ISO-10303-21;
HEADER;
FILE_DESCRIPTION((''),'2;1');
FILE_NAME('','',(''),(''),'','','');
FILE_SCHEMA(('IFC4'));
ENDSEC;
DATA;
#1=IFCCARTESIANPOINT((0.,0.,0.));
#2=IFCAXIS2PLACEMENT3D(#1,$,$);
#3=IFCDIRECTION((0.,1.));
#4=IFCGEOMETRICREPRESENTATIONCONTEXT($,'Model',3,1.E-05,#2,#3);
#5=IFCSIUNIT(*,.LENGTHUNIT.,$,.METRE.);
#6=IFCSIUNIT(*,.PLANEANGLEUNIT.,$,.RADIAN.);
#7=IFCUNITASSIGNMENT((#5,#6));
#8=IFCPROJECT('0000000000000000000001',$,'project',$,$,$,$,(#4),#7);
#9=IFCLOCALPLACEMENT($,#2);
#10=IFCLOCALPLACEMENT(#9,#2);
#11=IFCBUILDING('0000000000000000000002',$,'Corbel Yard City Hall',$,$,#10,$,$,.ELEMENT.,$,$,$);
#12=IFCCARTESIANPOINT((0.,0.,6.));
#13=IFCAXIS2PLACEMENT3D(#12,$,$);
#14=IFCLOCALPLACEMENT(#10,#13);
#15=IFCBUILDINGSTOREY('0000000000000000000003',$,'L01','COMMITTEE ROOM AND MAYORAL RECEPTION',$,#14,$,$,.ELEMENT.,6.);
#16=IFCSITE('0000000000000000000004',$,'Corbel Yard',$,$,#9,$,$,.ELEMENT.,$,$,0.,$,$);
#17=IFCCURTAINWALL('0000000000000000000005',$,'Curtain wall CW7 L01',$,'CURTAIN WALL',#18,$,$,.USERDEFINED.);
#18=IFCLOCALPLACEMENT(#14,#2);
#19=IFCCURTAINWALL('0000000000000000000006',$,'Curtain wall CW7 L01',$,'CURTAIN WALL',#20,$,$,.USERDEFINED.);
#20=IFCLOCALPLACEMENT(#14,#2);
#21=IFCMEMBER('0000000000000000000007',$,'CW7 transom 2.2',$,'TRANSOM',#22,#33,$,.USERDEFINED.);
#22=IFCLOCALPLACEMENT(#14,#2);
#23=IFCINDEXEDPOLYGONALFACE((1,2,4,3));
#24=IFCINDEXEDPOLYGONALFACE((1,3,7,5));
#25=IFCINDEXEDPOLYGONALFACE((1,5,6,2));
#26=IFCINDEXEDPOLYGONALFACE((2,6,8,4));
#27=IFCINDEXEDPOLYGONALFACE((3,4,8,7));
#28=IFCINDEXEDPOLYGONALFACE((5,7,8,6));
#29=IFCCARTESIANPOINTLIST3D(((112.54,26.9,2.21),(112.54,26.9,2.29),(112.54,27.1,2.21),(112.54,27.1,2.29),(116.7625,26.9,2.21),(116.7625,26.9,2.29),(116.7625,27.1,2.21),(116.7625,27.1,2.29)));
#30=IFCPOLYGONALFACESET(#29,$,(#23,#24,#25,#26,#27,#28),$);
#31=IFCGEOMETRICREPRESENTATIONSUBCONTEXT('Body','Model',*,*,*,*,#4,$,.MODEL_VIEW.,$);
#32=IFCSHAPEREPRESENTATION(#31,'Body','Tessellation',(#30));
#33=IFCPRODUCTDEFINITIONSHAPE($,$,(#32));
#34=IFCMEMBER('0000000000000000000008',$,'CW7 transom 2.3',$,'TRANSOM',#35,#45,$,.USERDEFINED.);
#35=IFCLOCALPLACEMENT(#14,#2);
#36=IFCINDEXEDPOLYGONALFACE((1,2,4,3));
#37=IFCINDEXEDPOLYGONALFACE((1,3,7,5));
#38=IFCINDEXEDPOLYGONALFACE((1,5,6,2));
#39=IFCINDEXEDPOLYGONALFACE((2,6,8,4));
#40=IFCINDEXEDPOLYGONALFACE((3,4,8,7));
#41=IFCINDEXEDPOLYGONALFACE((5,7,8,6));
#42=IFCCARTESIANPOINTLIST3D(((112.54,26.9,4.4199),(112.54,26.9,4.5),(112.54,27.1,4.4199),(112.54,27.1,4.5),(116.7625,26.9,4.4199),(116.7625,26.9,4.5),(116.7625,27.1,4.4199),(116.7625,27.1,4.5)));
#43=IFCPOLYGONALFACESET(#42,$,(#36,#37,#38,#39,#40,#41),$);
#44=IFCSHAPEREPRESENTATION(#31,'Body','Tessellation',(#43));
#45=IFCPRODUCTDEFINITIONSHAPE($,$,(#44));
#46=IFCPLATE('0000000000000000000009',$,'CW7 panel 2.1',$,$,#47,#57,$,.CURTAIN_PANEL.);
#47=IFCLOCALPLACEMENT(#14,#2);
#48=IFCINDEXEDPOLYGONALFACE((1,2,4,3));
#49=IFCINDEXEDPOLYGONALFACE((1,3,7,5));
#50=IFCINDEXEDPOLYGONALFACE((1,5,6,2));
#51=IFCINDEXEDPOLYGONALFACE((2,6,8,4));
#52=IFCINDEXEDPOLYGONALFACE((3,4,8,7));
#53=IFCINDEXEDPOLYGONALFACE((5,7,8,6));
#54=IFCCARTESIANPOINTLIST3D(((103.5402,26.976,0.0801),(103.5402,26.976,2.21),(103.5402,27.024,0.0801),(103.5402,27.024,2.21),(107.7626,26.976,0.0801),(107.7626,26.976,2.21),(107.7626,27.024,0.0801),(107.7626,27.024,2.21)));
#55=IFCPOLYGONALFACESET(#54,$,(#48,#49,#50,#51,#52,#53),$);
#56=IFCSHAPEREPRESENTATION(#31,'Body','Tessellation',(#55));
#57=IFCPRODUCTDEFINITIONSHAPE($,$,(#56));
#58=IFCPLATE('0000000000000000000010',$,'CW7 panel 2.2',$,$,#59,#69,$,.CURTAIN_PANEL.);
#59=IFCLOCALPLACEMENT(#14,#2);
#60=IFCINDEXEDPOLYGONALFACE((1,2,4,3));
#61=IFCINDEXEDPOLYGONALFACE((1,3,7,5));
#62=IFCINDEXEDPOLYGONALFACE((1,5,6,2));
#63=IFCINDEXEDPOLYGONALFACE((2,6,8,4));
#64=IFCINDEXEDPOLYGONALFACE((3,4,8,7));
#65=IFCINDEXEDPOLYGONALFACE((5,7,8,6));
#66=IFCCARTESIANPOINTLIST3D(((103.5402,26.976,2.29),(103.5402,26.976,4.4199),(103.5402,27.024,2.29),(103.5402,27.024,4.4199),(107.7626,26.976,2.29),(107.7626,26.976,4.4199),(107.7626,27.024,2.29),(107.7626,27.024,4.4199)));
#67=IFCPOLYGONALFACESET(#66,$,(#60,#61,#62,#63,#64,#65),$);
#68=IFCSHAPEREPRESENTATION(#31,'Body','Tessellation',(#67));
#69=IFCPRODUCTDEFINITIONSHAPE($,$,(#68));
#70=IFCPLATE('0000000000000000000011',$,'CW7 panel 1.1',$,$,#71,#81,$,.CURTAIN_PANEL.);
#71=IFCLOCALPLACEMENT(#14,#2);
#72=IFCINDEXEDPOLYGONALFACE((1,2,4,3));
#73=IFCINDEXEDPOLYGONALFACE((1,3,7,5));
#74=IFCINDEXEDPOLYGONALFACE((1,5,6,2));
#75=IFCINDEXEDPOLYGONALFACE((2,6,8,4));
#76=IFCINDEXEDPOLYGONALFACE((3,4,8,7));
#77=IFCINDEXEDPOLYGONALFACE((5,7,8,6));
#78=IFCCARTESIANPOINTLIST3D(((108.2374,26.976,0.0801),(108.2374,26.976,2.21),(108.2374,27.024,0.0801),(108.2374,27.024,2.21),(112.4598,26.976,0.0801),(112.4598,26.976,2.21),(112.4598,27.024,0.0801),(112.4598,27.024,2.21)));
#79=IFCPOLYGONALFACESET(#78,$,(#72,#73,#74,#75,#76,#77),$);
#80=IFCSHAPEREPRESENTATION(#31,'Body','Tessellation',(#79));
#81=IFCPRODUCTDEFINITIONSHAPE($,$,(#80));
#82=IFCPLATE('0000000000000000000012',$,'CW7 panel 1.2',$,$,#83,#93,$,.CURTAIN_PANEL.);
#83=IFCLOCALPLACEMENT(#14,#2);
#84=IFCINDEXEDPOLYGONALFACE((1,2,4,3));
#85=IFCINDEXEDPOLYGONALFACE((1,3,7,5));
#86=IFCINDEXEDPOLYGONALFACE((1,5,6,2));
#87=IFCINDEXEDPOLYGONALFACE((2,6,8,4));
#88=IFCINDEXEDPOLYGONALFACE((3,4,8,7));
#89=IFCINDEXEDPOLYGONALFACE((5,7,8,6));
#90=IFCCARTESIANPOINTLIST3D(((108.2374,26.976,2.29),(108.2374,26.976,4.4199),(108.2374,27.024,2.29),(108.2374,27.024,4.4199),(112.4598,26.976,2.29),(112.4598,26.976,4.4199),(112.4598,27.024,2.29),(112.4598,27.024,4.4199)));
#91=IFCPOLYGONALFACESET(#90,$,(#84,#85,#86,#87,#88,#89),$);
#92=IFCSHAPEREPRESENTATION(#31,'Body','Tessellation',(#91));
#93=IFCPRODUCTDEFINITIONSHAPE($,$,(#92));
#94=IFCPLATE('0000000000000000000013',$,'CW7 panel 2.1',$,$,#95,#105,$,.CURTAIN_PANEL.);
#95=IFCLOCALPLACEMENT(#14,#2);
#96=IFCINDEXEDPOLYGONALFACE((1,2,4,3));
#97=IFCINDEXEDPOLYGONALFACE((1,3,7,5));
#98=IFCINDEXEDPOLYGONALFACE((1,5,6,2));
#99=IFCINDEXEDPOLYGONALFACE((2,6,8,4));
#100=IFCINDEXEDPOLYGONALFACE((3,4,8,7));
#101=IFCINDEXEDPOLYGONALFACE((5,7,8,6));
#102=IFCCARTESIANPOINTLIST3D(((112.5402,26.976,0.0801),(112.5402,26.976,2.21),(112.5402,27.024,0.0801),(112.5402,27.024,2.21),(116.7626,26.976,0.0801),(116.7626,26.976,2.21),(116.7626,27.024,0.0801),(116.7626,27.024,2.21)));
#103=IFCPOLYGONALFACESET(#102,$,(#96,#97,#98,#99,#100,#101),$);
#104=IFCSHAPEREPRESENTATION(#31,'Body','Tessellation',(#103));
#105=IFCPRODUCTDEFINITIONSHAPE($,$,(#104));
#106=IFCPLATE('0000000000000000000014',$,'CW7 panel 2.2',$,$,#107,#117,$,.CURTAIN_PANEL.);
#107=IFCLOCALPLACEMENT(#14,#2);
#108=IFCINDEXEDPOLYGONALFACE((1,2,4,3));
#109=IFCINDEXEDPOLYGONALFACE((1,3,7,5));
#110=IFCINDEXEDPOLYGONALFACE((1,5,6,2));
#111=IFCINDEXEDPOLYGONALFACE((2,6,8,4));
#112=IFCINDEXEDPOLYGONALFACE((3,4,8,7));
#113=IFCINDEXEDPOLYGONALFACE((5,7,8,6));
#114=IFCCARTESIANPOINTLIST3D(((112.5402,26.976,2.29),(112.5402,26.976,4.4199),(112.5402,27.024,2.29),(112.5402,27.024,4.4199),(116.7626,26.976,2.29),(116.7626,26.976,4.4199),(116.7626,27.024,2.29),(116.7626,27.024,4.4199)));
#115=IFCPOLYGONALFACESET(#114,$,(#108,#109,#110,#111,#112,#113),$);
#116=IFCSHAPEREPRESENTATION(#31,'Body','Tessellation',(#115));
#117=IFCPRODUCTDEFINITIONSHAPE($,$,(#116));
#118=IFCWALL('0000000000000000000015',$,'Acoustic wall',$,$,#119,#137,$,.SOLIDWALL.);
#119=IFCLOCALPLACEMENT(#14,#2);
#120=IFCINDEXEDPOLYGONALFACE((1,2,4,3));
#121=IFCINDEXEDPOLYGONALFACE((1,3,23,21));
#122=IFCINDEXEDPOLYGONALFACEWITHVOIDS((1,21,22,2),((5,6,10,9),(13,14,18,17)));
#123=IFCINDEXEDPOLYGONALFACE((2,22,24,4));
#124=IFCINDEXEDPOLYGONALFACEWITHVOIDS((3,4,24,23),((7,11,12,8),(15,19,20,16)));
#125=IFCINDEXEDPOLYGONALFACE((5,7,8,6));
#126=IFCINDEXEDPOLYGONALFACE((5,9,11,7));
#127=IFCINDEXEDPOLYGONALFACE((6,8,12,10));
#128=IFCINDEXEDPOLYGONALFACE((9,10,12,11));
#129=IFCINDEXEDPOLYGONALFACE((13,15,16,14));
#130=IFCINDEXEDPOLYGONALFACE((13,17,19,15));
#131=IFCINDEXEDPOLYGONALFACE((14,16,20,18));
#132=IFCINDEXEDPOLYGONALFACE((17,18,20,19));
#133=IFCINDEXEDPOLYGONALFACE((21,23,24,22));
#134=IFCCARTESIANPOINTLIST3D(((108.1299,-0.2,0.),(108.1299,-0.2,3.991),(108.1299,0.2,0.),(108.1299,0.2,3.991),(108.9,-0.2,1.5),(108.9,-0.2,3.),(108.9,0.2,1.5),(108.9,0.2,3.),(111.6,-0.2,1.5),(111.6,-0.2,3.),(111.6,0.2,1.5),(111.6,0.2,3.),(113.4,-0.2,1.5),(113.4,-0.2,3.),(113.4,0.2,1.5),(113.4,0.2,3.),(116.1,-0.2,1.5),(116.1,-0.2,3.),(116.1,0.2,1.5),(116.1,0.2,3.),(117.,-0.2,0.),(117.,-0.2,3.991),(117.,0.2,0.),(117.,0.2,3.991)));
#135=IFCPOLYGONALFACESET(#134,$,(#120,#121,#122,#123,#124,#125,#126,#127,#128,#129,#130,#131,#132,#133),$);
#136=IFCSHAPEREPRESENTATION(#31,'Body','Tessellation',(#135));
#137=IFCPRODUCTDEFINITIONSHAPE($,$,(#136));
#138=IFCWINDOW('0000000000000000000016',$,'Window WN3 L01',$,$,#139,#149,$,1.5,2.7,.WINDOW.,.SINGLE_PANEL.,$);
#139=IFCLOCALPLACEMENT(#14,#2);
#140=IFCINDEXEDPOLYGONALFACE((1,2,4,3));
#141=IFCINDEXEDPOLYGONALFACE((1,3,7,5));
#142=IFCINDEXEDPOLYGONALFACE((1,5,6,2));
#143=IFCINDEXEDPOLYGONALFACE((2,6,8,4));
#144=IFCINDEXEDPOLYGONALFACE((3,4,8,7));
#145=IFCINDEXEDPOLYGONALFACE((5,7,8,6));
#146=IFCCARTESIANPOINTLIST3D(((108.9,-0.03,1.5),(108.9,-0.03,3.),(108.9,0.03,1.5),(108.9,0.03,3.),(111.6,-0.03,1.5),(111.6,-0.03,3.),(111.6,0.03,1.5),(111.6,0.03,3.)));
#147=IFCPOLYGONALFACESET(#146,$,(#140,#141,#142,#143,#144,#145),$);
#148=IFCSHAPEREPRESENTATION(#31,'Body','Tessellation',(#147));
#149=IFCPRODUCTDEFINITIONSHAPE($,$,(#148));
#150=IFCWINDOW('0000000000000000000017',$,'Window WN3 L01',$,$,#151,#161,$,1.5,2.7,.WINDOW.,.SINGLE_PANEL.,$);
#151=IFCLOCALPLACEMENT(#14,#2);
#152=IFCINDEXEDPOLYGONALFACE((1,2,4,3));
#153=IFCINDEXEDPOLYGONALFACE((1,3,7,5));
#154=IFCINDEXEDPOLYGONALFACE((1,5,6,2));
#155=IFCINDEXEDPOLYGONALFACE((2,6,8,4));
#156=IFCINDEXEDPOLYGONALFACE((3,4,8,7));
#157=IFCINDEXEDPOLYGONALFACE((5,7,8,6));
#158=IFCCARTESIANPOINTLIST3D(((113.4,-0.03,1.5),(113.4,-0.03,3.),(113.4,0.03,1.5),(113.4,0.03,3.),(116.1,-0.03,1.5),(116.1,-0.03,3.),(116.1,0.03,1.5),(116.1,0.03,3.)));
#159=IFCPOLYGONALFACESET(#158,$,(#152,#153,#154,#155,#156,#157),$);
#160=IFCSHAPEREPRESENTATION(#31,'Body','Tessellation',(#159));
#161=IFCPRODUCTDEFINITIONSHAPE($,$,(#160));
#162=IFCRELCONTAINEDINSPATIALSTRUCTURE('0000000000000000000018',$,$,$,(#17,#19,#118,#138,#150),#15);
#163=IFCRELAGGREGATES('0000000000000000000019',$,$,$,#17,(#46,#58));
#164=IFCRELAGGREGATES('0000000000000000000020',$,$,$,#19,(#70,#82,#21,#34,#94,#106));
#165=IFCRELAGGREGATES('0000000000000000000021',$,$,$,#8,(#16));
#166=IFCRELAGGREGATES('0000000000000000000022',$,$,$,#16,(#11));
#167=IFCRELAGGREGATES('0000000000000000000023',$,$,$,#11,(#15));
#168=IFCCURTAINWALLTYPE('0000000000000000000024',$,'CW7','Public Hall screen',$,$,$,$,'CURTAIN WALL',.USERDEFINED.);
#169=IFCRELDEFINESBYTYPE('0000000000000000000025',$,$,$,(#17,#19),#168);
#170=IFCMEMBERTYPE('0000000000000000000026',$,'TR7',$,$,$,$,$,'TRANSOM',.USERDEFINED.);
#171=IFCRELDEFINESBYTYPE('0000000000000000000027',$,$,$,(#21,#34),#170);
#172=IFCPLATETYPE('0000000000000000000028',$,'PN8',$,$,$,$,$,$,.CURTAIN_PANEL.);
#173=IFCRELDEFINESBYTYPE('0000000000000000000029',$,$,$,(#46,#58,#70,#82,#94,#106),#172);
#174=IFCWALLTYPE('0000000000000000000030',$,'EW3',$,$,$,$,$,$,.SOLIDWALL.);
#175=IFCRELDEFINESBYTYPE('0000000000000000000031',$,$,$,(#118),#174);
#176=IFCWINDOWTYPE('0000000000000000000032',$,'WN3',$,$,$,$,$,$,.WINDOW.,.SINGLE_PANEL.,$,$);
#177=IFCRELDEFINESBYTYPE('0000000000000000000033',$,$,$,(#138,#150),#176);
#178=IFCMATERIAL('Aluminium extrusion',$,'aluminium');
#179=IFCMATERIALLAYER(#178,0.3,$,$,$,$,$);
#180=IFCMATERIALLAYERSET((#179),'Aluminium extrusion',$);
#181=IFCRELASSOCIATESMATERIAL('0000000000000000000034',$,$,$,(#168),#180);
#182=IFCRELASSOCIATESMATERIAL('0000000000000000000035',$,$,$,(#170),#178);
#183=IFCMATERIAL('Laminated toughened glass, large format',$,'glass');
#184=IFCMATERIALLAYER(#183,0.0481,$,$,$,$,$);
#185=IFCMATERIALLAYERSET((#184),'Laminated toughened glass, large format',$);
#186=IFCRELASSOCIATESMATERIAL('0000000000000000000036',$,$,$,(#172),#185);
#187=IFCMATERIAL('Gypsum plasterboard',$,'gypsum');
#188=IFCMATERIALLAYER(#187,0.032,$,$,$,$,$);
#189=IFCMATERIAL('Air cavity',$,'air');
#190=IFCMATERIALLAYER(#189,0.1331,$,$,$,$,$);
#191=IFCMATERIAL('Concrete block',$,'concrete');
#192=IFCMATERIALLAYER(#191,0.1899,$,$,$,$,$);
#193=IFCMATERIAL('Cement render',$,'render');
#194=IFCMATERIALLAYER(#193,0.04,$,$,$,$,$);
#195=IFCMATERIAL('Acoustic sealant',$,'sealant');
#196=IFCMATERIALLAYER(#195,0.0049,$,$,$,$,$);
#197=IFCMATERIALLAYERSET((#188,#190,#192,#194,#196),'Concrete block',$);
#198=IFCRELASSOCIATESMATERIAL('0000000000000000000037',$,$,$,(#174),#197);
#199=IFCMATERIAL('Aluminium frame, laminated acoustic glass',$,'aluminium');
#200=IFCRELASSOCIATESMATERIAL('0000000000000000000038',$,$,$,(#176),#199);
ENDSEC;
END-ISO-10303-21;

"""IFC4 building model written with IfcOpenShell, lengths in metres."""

from ifc_helpers import new_model, si_unit, direction, frame, frame_2d, origin, origin_2d, place, context, subcontext, project, spatial, rectangle, extrude, material, layer, layer_set, material_profile, profile_set, type_object, element, fill, aggregate, save


model = new_model("IFC4")

# Units and contexts
model_context = context("Model", 3, precision=1e-05, world=origin(), true_north=direction((0.0, 1.0)))
body_context = subcontext(model_context, "Body", "Model", "MODEL_VIEW")
ifc_project = project(units=[si_unit("LENGTHUNIT", "METRE"), si_unit("PLANEANGLEUNIT", "RADIAN")], contexts=[model_context])

# Site, building, storey
site_placement = place(None, origin())
site = spatial("IfcSite", under=ifc_project, at=site_placement, Name="Corbel Yard", CompositionType="ELEMENT", RefElevation=0.0)
building_placement = place(site_placement, origin())
building = spatial("IfcBuilding", under=site, at=building_placement, Name="Corbel Yard City Hall", CompositionType="ELEMENT")
storey_placement = place(building_placement, frame((0.0, 0.0, 6.0)))
storey = spatial("IfcBuildingStorey", under=building, at=storey_placement, Name="L01", Description="COMMITTEE ROOM AND MAYORAL RECEPTION", CompositionType="ELEMENT", Elevation=6.0)

# Curtain wall
ifc_material_1 = material(Name="Aluminium extrusion", Category="aluminium")
ifc_layer_1 = layer(ifc_material_1, 0.3)
ifc_layer_set_1 = layer_set([ifc_layer_1], Name="Aluminium extrusion")
curtain_wall_type = type_object("IfcCurtainWallType", Name="CW7", Description="Public Hall screen", ElementType="CURTAIN WALL", PredefinedType="USERDEFINED", material=ifc_layer_set_1)
curtain_wall_1_placement = place(storey_placement, origin())
curtain_wall_1 = element("IfcCurtainWall", 1, at=curtain_wall_1_placement, inside=storey, type_object=curtain_wall_type, Name="Curtain wall CW7 L01", ObjectType="CURTAIN WALL", PredefinedType="USERDEFINED")

# Curtain wall
curtain_wall_2_placement = place(storey_placement, origin())
curtain_wall_2 = element("IfcCurtainWall", 2, at=curtain_wall_2_placement, inside=storey, type_object=curtain_wall_type, Name="Curtain wall CW7 L01", ObjectType="CURTAIN WALL", PredefinedType="USERDEFINED")

# Members
ifc_material_profile_1 = material_profile(ifc_material_1, rectangle(XDim=0.2, YDim=0.0801, at=origin_2d()), Name="200x80")
ifc_profile_set_1 = profile_set([ifc_material_profile_1], Name="Aluminium extrusion")
member_type_1 = type_object("IfcMemberType", Name="TR7", ElementType="TRANSOM", PredefinedType="USERDEFINED", material=ifc_profile_set_1)
member_1_placement = place(storey_placement, frame((112.54, 27.0, 2.25), z_axis=(1.0, 0.0, 0.0), x_axis=(0.0, 1.0, 0.0)))
member_1 = element("IfcMember", 3, at=member_1_placement, type_object=member_type_1, Name="CW7 transom 2.2", ObjectType="TRANSOM", PredefinedType="USERDEFINED", context=body_context, shape_type="SweptSolid", body=[
    extrude(rectangle(XDim=0.2, YDim=0.0801, at=origin_2d()), origin(), (0.0, 0.0, 1.0), 4.2224),
])
member_2_placement = place(storey_placement, frame((112.54, 27.0, 4.46), z_axis=(1.0, 0.0, 0.0), x_axis=(0.0, 1.0, 0.0)))
member_2 = element("IfcMember", 4, at=member_2_placement, type_object=member_type_1, Name="CW7 transom 2.3", ObjectType="TRANSOM", PredefinedType="USERDEFINED", context=body_context, shape_type="SweptSolid", body=[
    extrude(rectangle(XDim=0.2, YDim=0.0801, at=origin_2d()), origin(), (0.0, 0.0, 1.0), 4.2224),
])

# Plates
ifc_material_2 = material(Name="Laminated toughened glass, large format", Category="glass")
ifc_layer_2 = layer(ifc_material_2, 0.0481)
ifc_layer_set_2 = layer_set([ifc_layer_2], Name="Laminated toughened glass, large format")
plate_type = type_object("IfcPlateType", Name="PN8", PredefinedType="CURTAIN_PANEL", material=ifc_layer_set_2)
plate_1_placement = place(storey_placement, frame((105.6514, 27.0, 0.0801), z_axis=(0.0, 0.0, 1.0), x_axis=(1.0, 0.0, 0.0)))
plate_1 = element("IfcPlate", 5, at=plate_1_placement, type_object=plate_type, Name="CW7 panel 2.1", PredefinedType="CURTAIN_PANEL", context=body_context, shape_type="SweptSolid", body=[
    extrude(rectangle(XDim=4.2224, YDim=0.0481, at=origin_2d()), origin(), (0.0, 0.0, 1.0), 2.1299),
])
plate_2_placement = place(storey_placement, frame((105.6514, 27.0, 2.29), z_axis=(0.0, 0.0, 1.0), x_axis=(1.0, 0.0, 0.0)))
plate_2 = element("IfcPlate", 6, at=plate_2_placement, type_object=plate_type, Name="CW7 panel 2.2", PredefinedType="CURTAIN_PANEL", context=body_context, shape_type="SweptSolid", body=[
    extrude(rectangle(XDim=4.2224, YDim=0.0481, at=origin_2d()), origin(), (0.0, 0.0, 1.0), 2.1299),
])
aggregate(curtain_wall_1, [plate_1, plate_2])
plate_3_placement = place(storey_placement, frame((110.3486, 27.0, 0.0801), z_axis=(0.0, 0.0, 1.0), x_axis=(1.0, 0.0, 0.0)))
plate_3 = element("IfcPlate", 7, at=plate_3_placement, type_object=plate_type, Name="CW7 panel 1.1", PredefinedType="CURTAIN_PANEL", context=body_context, shape_type="SweptSolid", body=[
    extrude(rectangle(XDim=4.2224, YDim=0.0481, at=origin_2d()), origin(), (0.0, 0.0, 1.0), 2.1299),
])
plate_4_placement = place(storey_placement, frame((110.3486, 27.0, 2.29), z_axis=(0.0, 0.0, 1.0), x_axis=(1.0, 0.0, 0.0)))
plate_4 = element("IfcPlate", 8, at=plate_4_placement, type_object=plate_type, Name="CW7 panel 1.2", PredefinedType="CURTAIN_PANEL", context=body_context, shape_type="SweptSolid", body=[
    extrude(rectangle(XDim=4.2224, YDim=0.0481, at=origin_2d()), origin(), (0.0, 0.0, 1.0), 2.1299),
])
plate_5_placement = place(storey_placement, frame((114.6514, 27.0, 0.0801), z_axis=(0.0, 0.0, 1.0), x_axis=(1.0, 0.0, 0.0)))
plate_5 = element("IfcPlate", 9, at=plate_5_placement, type_object=plate_type, Name="CW7 panel 2.1", PredefinedType="CURTAIN_PANEL", context=body_context, shape_type="SweptSolid", body=[
    extrude(rectangle(XDim=4.2224, YDim=0.0481, at=origin_2d()), origin(), (0.0, 0.0, 1.0), 2.1299),
])
plate_6_placement = place(storey_placement, frame((114.6514, 27.0, 2.29), z_axis=(0.0, 0.0, 1.0), x_axis=(1.0, 0.0, 0.0)))
plate_6 = element("IfcPlate", 10, at=plate_6_placement, type_object=plate_type, Name="CW7 panel 2.2", PredefinedType="CURTAIN_PANEL", context=body_context, shape_type="SweptSolid", body=[
    extrude(rectangle(XDim=4.2224, YDim=0.0481, at=origin_2d()), origin(), (0.0, 0.0, 1.0), 2.1299),
])
aggregate(curtain_wall_2, [plate_3, plate_4, member_1, member_2, plate_5, plate_6])

# Wall, openings, windows
ifc_material_3 = material(Name="Gypsum plasterboard", Category="gypsum")
ifc_layer_3 = layer(ifc_material_3, 0.032)
ifc_material_4 = material(Name="Air cavity", Category="air")
ifc_layer_4 = layer(ifc_material_4, 0.1331)
ifc_material_5 = material(Name="Concrete block", Category="concrete")
ifc_layer_5 = layer(ifc_material_5, 0.1899)
ifc_material_6 = material(Name="Cement render", Category="render")
ifc_layer_6 = layer(ifc_material_6, 0.04)
ifc_material_7 = material(Name="Acoustic sealant", Category="sealant")
ifc_layer_7 = layer(ifc_material_7, 0.0049)
ifc_layer_set_3 = layer_set([ifc_layer_3, ifc_layer_4, ifc_layer_5, ifc_layer_6, ifc_layer_7], Name="Concrete block")
wall_type_1 = type_object("IfcWallType", Name="EW3", PredefinedType="SOLIDWALL", material=ifc_layer_set_3)
wall_1_placement = place(storey_placement, frame((108.1299, 0.0, 0.0), z_axis=(0.0, 0.0, 1.0), x_axis=(1.0, 0.0, 0.0)))
wall_1 = element("IfcWall", 11, at=wall_1_placement, inside=storey, type_object=wall_type_1, Name="Acoustic wall", PredefinedType="SOLIDWALL", context=body_context, shape_type="SweptSolid", body=[
    extrude(rectangle(XDim=8.8701, YDim=0.3999, at=frame_2d((4.4351, 0.0))), origin(), (0.0, 0.0, 1.0), 3.991),
])
opening_1_placement = place(wall_1_placement, frame((0.77, 0.0, 1.5)))
opening_1 = element("IfcOpeningElement", 12, at=opening_1_placement, cuts=wall_1, PredefinedType="OPENING", context=body_context, shape_type="SweptSolid", body=[
    extrude(rectangle(XDim=2.7, YDim=1.5, at=frame_2d((1.3501, 0.75))), frame((0.0, 0.21, 0.0), z_axis=(0.0, -1.0, 0.0), x_axis=(1.0, 0.0, 0.0)), (0.0, 0.0, 1.0), 0.4199),
])
opening_2_placement = place(wall_1_placement, frame((5.27, 0.0, 1.5)))
opening_2 = element("IfcOpeningElement", 13, at=opening_2_placement, cuts=wall_1, PredefinedType="OPENING", context=body_context, shape_type="SweptSolid", body=[
    extrude(rectangle(XDim=2.7, YDim=1.5, at=frame_2d((1.3501, 0.75))), frame((0.0, 0.21, 0.0), z_axis=(0.0, -1.0, 0.0), x_axis=(1.0, 0.0, 0.0)), (0.0, 0.0, 1.0), 0.4199),
])
ifc_material_8 = material(Name="Aluminium frame, laminated acoustic glass", Category="aluminium")
window_type = type_object("IfcWindowType", Name="WN3", PartitioningType="SINGLE_PANEL", PredefinedType="WINDOW", material=ifc_material_8)
window_1_placement = place(opening_1_placement, origin())
window_1 = element("IfcWindow", 14, at=window_1_placement, inside=storey, type_object=window_type, Name="Window WN3 L01", OverallHeight=1.5, OverallWidth=2.7, PartitioningType="SINGLE_PANEL", PredefinedType="WINDOW", context=body_context, shape_type="SweptSolid", body=[
    extrude(rectangle(XDim=2.7, YDim=1.5, at=frame_2d((1.3501, 0.75))), frame((0.0, 0.03, 0.0), z_axis=(0.0, -1.0, 0.0), x_axis=(1.0, 0.0, 0.0)), (0.0, 0.0, 1.0), 0.0601),
])
fill(opening_1, window_1)
window_2_placement = place(opening_2_placement, origin())
window_2 = element("IfcWindow", 15, at=window_2_placement, inside=storey, type_object=window_type, Name="Window WN3 L01", OverallHeight=1.5, OverallWidth=2.7, PartitioningType="SINGLE_PANEL", PredefinedType="WINDOW", context=body_context, shape_type="SweptSolid", body=[
    extrude(rectangle(XDim=2.7, YDim=1.5, at=frame_2d((1.3501, 0.75))), frame((0.0, 0.03, 0.0), z_axis=(0.0, -1.0, 0.0), x_axis=(1.0, 0.0, 0.0)), (0.0, 0.0, 1.0), 0.0601),
])
fill(opening_2, window_2)

save(model, "model.ifc")
